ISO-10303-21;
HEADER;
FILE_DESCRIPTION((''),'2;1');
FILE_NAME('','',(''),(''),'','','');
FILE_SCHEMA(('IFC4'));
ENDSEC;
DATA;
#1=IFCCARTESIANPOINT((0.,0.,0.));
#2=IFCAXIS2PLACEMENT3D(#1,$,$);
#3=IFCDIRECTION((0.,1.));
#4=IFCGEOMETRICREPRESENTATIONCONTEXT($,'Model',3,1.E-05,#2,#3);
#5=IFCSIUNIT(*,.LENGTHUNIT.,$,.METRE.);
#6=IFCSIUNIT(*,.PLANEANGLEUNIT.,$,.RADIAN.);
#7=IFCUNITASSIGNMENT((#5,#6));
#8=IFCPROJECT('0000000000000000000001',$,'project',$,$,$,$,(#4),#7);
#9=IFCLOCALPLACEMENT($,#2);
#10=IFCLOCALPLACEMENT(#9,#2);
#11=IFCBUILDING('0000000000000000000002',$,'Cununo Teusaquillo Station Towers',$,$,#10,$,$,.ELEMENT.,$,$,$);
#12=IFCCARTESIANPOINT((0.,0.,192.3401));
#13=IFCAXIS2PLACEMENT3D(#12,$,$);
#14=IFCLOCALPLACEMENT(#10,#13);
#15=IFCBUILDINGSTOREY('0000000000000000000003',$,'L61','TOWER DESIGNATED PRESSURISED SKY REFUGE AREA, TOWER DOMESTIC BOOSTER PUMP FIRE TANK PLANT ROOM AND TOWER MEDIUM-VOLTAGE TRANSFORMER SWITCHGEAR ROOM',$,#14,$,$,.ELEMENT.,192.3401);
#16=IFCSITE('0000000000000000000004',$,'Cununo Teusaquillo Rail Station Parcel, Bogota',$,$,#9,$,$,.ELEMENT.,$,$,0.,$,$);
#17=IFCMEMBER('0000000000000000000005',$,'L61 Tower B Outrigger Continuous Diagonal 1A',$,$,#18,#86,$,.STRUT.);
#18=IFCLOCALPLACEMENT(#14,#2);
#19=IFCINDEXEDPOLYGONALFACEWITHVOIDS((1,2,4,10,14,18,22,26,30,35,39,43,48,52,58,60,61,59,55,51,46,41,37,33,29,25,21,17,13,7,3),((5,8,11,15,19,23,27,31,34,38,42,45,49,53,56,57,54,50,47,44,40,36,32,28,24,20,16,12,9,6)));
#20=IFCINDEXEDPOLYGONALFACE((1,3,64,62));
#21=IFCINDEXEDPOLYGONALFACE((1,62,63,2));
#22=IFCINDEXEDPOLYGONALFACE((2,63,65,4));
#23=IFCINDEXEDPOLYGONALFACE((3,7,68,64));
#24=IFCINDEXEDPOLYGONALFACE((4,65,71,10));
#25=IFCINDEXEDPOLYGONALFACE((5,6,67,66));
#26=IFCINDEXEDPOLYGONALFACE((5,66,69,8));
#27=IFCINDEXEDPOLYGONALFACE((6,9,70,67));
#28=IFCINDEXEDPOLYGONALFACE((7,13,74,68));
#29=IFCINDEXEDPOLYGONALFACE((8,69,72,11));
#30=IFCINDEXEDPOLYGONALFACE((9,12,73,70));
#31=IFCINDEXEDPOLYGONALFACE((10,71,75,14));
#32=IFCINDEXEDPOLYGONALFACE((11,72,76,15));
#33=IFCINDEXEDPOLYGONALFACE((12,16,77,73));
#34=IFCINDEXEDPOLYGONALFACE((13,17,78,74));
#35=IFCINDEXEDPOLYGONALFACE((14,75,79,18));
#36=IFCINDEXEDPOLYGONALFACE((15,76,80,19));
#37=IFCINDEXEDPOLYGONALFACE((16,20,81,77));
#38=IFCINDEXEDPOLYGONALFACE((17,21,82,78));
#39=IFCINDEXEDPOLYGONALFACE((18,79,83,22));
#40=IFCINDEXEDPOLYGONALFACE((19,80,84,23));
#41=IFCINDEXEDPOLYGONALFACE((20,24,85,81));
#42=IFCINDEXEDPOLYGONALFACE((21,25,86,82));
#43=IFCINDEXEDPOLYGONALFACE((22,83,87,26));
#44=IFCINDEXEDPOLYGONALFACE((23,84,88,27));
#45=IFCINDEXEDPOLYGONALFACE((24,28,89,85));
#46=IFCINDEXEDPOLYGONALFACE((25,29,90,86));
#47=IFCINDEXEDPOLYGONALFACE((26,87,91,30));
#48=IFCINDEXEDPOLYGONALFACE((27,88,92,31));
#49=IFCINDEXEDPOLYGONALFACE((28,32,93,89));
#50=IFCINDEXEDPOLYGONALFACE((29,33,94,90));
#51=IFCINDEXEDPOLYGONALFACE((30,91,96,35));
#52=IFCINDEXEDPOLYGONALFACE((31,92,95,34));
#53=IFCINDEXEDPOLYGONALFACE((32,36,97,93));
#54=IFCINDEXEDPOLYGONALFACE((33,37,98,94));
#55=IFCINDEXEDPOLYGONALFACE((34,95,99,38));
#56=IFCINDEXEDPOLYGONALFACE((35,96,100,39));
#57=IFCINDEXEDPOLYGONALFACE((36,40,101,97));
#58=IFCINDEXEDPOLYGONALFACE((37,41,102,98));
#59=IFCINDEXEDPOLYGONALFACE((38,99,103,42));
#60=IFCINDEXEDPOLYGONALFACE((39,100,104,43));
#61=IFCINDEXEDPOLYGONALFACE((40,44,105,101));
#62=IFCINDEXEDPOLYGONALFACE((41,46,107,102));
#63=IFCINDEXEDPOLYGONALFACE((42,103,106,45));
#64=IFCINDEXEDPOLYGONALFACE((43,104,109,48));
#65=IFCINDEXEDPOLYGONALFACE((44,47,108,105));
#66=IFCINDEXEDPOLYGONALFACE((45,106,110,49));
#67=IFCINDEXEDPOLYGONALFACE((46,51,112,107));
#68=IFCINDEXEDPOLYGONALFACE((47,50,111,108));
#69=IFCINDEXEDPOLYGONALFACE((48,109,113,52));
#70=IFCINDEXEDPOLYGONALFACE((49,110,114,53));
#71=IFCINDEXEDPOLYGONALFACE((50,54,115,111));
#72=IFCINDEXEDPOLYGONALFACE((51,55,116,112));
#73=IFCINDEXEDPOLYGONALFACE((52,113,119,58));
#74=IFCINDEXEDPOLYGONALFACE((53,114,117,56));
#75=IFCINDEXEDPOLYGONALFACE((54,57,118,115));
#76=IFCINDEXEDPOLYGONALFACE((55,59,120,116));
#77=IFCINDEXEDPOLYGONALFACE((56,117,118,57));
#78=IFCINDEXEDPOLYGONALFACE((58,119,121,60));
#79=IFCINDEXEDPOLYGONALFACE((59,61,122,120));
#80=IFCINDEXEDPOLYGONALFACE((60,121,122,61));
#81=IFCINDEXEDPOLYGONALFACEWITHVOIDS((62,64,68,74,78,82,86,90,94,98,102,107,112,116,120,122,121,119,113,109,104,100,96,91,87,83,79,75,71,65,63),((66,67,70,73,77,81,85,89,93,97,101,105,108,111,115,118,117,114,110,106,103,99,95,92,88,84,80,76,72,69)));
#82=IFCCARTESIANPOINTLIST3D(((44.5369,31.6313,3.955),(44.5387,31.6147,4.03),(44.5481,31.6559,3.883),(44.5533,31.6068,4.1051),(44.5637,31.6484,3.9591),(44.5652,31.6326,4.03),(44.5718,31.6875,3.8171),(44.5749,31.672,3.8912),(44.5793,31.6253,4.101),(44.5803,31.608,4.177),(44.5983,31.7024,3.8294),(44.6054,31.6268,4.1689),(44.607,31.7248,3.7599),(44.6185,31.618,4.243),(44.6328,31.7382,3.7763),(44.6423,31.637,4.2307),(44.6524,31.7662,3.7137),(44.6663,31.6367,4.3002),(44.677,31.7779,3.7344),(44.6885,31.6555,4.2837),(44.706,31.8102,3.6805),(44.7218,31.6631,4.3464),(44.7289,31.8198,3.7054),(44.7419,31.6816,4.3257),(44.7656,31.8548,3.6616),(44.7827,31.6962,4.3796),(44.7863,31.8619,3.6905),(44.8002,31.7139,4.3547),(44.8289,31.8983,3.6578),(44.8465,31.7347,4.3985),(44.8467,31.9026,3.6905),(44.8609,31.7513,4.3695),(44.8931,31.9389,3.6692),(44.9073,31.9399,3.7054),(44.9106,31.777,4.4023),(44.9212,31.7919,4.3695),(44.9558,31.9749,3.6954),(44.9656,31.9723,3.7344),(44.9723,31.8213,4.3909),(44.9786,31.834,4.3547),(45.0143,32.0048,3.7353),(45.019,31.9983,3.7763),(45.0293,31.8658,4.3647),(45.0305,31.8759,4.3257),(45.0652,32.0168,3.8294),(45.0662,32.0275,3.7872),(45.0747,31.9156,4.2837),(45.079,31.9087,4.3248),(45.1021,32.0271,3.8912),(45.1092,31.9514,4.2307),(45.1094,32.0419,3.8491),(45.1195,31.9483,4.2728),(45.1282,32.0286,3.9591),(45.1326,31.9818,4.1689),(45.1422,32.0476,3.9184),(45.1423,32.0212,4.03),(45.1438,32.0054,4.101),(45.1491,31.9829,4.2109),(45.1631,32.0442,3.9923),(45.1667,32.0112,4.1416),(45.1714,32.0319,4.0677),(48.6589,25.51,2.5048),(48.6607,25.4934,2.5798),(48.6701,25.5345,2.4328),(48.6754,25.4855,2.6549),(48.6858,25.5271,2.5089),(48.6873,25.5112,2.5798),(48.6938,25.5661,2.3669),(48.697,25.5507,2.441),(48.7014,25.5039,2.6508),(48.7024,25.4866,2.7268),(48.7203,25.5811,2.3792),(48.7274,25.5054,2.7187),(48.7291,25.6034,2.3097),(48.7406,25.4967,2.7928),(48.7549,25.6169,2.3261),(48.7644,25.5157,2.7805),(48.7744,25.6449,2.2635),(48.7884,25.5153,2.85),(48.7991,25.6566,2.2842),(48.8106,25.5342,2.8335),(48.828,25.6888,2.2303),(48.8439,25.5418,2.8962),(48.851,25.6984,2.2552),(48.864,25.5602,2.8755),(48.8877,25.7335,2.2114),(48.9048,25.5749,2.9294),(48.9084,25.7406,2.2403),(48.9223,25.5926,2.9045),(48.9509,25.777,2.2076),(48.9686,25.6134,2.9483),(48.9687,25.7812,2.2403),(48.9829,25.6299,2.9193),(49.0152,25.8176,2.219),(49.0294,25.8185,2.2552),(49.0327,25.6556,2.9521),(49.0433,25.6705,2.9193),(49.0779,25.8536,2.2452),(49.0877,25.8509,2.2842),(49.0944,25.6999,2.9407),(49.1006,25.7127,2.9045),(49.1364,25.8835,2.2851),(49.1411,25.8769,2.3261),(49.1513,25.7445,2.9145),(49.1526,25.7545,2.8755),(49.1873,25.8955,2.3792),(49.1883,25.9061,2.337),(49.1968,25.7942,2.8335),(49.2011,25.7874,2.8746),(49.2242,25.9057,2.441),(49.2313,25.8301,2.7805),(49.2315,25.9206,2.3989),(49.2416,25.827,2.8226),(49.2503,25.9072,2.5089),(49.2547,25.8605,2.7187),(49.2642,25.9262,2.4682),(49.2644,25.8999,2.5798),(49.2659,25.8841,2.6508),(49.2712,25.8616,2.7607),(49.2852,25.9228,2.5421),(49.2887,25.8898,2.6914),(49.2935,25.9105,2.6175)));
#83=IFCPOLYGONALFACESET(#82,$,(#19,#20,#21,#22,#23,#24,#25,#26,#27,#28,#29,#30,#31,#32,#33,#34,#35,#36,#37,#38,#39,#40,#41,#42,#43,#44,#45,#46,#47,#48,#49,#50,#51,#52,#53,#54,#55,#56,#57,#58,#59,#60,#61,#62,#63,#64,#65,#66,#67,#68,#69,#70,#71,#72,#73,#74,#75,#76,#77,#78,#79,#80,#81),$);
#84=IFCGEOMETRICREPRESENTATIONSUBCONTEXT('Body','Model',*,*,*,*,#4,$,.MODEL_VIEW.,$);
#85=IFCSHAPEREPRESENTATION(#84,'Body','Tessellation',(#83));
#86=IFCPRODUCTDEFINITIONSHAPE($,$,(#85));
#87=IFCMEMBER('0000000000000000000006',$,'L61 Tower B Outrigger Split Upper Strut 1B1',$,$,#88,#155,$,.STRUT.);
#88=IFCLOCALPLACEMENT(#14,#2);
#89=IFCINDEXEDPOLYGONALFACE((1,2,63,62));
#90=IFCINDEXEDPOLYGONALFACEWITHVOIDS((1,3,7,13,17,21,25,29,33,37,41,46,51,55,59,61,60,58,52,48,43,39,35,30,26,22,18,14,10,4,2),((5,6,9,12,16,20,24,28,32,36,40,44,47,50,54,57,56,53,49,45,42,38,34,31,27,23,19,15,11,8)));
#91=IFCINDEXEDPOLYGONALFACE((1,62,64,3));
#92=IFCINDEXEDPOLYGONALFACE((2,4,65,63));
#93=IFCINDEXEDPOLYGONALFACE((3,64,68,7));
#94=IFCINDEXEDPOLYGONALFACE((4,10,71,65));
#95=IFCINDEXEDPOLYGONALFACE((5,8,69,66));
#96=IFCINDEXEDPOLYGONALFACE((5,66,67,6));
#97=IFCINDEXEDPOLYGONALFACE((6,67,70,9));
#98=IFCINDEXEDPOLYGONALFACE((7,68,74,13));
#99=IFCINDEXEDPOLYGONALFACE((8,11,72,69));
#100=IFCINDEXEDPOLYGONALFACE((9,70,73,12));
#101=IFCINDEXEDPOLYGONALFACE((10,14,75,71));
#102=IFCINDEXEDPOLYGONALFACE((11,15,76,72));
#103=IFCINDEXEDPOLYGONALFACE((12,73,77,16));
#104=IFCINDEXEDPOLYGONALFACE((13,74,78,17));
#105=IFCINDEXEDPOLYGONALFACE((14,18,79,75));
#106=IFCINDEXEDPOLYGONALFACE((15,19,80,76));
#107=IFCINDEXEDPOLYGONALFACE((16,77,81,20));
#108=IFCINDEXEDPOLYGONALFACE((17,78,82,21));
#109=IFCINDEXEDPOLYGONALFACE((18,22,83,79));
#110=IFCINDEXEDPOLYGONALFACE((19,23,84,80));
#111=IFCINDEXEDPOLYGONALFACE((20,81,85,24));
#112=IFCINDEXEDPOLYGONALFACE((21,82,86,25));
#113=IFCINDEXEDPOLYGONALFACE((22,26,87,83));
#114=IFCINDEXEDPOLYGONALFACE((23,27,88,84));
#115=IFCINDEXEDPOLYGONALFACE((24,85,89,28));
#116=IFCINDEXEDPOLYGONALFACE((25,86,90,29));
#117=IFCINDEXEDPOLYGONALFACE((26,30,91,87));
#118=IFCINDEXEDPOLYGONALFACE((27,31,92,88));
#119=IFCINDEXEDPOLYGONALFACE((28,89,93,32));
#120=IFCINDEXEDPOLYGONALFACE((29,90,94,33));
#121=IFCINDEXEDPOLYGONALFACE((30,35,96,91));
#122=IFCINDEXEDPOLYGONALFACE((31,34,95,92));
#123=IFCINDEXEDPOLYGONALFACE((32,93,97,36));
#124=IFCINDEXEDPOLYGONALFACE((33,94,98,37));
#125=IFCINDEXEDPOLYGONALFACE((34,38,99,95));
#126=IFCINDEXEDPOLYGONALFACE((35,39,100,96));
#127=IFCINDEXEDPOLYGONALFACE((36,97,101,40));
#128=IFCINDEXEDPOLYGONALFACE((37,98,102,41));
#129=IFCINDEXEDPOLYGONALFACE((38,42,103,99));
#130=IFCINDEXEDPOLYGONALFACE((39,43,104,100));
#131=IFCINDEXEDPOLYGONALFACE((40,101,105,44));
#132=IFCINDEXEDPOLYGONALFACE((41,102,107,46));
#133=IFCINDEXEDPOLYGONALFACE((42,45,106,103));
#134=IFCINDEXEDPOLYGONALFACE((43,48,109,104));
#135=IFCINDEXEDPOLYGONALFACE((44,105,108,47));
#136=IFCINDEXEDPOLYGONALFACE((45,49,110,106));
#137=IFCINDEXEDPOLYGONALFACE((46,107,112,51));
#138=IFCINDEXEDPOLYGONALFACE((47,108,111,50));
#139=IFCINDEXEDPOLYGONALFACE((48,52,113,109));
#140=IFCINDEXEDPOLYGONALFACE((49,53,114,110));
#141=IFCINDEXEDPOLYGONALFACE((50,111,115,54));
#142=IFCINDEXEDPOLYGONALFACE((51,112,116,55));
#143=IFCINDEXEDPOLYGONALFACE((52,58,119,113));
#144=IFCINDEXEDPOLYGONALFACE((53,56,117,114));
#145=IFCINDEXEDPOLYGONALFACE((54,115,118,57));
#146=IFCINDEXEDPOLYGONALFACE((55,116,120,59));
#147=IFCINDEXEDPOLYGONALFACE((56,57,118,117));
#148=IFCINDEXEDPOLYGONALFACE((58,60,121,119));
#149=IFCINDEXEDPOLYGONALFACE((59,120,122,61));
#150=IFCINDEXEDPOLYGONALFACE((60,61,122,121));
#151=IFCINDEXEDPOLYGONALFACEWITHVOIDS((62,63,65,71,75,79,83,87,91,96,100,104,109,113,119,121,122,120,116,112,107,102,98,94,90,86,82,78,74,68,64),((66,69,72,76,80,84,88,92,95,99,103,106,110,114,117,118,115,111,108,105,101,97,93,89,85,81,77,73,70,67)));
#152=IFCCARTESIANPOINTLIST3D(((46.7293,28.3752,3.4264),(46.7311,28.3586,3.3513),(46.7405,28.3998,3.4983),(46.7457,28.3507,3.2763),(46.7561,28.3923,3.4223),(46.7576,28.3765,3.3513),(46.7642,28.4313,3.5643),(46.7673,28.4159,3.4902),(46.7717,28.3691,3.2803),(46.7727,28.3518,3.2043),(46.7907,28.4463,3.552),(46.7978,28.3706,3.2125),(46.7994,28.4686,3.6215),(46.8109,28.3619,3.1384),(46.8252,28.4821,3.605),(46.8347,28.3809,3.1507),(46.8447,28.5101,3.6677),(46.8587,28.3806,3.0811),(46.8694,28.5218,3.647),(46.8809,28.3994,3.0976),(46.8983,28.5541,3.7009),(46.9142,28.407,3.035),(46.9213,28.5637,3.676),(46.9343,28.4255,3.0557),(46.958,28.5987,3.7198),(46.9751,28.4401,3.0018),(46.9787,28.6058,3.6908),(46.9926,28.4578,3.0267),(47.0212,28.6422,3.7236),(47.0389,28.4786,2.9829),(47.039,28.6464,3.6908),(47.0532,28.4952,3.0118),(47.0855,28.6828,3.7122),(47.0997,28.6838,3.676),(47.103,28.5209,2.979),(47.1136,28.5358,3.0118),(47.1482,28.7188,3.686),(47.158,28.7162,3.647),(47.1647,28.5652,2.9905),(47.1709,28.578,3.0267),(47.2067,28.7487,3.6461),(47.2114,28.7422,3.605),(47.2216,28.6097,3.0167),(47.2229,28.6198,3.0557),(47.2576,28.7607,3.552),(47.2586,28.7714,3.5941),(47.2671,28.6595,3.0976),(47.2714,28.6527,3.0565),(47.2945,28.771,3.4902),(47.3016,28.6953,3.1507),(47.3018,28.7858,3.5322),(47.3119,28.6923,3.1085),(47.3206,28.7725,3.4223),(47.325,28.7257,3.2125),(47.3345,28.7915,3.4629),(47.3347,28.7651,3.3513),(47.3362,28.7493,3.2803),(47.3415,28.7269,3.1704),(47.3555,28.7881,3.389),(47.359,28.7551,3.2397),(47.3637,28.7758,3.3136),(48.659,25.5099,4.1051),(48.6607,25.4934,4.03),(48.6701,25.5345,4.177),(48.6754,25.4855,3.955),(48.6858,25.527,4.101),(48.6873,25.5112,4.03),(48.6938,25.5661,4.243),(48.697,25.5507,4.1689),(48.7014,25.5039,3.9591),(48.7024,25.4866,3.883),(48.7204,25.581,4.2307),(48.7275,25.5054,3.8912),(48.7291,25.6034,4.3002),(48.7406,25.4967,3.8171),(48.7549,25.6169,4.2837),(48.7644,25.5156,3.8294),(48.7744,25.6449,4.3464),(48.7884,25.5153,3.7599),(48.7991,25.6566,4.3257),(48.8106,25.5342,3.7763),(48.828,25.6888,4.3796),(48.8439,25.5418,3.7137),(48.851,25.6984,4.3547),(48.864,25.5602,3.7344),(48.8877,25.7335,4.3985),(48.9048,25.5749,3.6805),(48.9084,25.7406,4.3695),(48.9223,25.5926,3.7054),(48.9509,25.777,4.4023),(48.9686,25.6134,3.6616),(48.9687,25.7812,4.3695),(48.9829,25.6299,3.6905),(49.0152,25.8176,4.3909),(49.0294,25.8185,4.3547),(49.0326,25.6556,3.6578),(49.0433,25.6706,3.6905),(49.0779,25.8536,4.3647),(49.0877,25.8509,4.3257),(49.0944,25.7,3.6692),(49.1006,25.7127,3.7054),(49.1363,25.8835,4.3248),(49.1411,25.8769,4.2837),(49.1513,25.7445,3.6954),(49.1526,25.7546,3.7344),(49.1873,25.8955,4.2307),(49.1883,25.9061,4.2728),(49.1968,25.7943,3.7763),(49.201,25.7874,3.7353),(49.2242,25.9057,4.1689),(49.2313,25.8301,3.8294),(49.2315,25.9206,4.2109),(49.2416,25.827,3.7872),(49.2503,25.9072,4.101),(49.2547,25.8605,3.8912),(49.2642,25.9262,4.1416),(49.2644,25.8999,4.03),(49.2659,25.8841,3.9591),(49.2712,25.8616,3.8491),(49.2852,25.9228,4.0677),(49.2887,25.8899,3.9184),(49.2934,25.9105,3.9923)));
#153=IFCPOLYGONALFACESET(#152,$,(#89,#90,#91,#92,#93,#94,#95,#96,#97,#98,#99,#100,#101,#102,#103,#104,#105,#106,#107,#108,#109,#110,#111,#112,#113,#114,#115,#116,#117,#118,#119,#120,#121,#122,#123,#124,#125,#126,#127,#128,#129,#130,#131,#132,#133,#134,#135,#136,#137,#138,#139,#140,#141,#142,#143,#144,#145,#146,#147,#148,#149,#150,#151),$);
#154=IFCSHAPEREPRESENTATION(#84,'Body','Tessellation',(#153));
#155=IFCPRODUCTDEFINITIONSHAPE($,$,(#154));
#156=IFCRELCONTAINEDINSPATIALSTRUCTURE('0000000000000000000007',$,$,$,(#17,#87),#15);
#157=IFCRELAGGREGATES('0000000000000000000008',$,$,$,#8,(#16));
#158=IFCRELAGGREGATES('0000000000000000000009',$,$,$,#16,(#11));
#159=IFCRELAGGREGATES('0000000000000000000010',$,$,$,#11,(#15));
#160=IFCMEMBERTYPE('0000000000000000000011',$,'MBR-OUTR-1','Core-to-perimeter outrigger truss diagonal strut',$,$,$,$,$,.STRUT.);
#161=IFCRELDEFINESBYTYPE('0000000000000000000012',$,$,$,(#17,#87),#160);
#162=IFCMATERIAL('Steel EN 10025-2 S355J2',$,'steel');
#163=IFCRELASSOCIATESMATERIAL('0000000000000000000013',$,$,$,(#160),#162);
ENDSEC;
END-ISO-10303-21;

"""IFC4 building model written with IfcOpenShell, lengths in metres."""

from ifc_helpers import new_model, si_unit, direction, frame, origin, origin_2d, place, context, subcontext, project, spatial, hollow_circle, extrude, material, material_profile, profile_set, type_object, element, save


model = new_model("IFC4")

# Units and contexts
model_context = context("Model", 3, precision=1e-05, world=origin(), true_north=direction((0.0, 1.0)))
body_context = subcontext(model_context, "Body", "Model", "MODEL_VIEW")
ifc_project = project(units=[si_unit("LENGTHUNIT", "METRE"), si_unit("PLANEANGLEUNIT", "RADIAN")], contexts=[model_context])

# Site, building, storey
site_placement = place(None, origin())
site = spatial("IfcSite", under=ifc_project, at=site_placement, Name="Cununo Teusaquillo Rail Station Parcel, Bogota", CompositionType="ELEMENT", RefElevation=0.0)
building_placement = place(site_placement, origin())
building = spatial("IfcBuilding", under=site, at=building_placement, Name="Cununo Teusaquillo Station Towers", CompositionType="ELEMENT")
storey_placement = place(building_placement, frame((0.0, 0.0, 192.3401)))
storey = spatial("IfcBuildingStorey", under=building, at=storey_placement, Name="L61", Description="TOWER DESIGNATED PRESSURISED SKY REFUGE AREA, TOWER DOMESTIC BOOSTER PUMP FIRE TANK PLANT ROOM AND TOWER MEDIUM-VOLTAGE TRANSFORMER SWITCHGEAR ROOM", CompositionType="ELEMENT", Elevation=192.3401)

# Members
ifc_material_1 = material(Name="Steel EN 10025-2 S355J2", Category="steel")
ifc_material_profile_1 = material_profile(ifc_material_1, hollow_circle(Radius=0.3799, WallThickness=0.032, at=origin_2d()), Name="CHS 760x32")
ifc_profile_set_1 = profile_set([ifc_material_profile_1], Name="Steel EN 10025-2 S355J2")
member_type_1 = type_object("IfcMemberType", Name="MBR-OUTR-1", Description="Core-to-perimeter outrigger truss diagonal strut", PredefinedType="STRUT", material=ifc_profile_set_1)
member_1_placement = place(storey_placement, frame((48.9758, 25.7056, 2.5798), z_axis=(-0.548075, 0.8139, 0.19282), x_axis=(-0.829466, -0.558557, 0.0)))
element("IfcMember", 1, at=member_1_placement, inside=storey, type_object=member_type_1, Name="L61 Tower B Outrigger Continuous Diagonal 1A", PredefinedType="STRUT", context=body_context, shape_type="SweptSolid", body=[
    extrude(hollow_circle(Radius=0.3799, WallThickness=0.032, at=origin_2d()), origin(), (0.0, 0.0, 1.0), 7.521),
])
for number, where, z_axis, x_axis, name in (
    (2, (48.9758, 25.7056, 4.03), (-0.548129, 0.813872, -0.192788), (-0.829432, -0.558608, 0.0), "L61 Tower B Outrigger Split Upper Strut 1B1"),
):
    element("IfcMember", number, at=place(storey_placement, frame(where, z_axis=z_axis, x_axis=x_axis)), inside=storey, type_object=member_type_1, Name=name, PredefinedType="STRUT", context=body_context, shape_type="SweptSolid", body=[
        extrude(hollow_circle(Radius=0.3799, WallThickness=0.032, at=origin_2d()), origin(), (0.0, 0.0, 1.0), 3.5205),
    ])

save(model, "model.ifc")
